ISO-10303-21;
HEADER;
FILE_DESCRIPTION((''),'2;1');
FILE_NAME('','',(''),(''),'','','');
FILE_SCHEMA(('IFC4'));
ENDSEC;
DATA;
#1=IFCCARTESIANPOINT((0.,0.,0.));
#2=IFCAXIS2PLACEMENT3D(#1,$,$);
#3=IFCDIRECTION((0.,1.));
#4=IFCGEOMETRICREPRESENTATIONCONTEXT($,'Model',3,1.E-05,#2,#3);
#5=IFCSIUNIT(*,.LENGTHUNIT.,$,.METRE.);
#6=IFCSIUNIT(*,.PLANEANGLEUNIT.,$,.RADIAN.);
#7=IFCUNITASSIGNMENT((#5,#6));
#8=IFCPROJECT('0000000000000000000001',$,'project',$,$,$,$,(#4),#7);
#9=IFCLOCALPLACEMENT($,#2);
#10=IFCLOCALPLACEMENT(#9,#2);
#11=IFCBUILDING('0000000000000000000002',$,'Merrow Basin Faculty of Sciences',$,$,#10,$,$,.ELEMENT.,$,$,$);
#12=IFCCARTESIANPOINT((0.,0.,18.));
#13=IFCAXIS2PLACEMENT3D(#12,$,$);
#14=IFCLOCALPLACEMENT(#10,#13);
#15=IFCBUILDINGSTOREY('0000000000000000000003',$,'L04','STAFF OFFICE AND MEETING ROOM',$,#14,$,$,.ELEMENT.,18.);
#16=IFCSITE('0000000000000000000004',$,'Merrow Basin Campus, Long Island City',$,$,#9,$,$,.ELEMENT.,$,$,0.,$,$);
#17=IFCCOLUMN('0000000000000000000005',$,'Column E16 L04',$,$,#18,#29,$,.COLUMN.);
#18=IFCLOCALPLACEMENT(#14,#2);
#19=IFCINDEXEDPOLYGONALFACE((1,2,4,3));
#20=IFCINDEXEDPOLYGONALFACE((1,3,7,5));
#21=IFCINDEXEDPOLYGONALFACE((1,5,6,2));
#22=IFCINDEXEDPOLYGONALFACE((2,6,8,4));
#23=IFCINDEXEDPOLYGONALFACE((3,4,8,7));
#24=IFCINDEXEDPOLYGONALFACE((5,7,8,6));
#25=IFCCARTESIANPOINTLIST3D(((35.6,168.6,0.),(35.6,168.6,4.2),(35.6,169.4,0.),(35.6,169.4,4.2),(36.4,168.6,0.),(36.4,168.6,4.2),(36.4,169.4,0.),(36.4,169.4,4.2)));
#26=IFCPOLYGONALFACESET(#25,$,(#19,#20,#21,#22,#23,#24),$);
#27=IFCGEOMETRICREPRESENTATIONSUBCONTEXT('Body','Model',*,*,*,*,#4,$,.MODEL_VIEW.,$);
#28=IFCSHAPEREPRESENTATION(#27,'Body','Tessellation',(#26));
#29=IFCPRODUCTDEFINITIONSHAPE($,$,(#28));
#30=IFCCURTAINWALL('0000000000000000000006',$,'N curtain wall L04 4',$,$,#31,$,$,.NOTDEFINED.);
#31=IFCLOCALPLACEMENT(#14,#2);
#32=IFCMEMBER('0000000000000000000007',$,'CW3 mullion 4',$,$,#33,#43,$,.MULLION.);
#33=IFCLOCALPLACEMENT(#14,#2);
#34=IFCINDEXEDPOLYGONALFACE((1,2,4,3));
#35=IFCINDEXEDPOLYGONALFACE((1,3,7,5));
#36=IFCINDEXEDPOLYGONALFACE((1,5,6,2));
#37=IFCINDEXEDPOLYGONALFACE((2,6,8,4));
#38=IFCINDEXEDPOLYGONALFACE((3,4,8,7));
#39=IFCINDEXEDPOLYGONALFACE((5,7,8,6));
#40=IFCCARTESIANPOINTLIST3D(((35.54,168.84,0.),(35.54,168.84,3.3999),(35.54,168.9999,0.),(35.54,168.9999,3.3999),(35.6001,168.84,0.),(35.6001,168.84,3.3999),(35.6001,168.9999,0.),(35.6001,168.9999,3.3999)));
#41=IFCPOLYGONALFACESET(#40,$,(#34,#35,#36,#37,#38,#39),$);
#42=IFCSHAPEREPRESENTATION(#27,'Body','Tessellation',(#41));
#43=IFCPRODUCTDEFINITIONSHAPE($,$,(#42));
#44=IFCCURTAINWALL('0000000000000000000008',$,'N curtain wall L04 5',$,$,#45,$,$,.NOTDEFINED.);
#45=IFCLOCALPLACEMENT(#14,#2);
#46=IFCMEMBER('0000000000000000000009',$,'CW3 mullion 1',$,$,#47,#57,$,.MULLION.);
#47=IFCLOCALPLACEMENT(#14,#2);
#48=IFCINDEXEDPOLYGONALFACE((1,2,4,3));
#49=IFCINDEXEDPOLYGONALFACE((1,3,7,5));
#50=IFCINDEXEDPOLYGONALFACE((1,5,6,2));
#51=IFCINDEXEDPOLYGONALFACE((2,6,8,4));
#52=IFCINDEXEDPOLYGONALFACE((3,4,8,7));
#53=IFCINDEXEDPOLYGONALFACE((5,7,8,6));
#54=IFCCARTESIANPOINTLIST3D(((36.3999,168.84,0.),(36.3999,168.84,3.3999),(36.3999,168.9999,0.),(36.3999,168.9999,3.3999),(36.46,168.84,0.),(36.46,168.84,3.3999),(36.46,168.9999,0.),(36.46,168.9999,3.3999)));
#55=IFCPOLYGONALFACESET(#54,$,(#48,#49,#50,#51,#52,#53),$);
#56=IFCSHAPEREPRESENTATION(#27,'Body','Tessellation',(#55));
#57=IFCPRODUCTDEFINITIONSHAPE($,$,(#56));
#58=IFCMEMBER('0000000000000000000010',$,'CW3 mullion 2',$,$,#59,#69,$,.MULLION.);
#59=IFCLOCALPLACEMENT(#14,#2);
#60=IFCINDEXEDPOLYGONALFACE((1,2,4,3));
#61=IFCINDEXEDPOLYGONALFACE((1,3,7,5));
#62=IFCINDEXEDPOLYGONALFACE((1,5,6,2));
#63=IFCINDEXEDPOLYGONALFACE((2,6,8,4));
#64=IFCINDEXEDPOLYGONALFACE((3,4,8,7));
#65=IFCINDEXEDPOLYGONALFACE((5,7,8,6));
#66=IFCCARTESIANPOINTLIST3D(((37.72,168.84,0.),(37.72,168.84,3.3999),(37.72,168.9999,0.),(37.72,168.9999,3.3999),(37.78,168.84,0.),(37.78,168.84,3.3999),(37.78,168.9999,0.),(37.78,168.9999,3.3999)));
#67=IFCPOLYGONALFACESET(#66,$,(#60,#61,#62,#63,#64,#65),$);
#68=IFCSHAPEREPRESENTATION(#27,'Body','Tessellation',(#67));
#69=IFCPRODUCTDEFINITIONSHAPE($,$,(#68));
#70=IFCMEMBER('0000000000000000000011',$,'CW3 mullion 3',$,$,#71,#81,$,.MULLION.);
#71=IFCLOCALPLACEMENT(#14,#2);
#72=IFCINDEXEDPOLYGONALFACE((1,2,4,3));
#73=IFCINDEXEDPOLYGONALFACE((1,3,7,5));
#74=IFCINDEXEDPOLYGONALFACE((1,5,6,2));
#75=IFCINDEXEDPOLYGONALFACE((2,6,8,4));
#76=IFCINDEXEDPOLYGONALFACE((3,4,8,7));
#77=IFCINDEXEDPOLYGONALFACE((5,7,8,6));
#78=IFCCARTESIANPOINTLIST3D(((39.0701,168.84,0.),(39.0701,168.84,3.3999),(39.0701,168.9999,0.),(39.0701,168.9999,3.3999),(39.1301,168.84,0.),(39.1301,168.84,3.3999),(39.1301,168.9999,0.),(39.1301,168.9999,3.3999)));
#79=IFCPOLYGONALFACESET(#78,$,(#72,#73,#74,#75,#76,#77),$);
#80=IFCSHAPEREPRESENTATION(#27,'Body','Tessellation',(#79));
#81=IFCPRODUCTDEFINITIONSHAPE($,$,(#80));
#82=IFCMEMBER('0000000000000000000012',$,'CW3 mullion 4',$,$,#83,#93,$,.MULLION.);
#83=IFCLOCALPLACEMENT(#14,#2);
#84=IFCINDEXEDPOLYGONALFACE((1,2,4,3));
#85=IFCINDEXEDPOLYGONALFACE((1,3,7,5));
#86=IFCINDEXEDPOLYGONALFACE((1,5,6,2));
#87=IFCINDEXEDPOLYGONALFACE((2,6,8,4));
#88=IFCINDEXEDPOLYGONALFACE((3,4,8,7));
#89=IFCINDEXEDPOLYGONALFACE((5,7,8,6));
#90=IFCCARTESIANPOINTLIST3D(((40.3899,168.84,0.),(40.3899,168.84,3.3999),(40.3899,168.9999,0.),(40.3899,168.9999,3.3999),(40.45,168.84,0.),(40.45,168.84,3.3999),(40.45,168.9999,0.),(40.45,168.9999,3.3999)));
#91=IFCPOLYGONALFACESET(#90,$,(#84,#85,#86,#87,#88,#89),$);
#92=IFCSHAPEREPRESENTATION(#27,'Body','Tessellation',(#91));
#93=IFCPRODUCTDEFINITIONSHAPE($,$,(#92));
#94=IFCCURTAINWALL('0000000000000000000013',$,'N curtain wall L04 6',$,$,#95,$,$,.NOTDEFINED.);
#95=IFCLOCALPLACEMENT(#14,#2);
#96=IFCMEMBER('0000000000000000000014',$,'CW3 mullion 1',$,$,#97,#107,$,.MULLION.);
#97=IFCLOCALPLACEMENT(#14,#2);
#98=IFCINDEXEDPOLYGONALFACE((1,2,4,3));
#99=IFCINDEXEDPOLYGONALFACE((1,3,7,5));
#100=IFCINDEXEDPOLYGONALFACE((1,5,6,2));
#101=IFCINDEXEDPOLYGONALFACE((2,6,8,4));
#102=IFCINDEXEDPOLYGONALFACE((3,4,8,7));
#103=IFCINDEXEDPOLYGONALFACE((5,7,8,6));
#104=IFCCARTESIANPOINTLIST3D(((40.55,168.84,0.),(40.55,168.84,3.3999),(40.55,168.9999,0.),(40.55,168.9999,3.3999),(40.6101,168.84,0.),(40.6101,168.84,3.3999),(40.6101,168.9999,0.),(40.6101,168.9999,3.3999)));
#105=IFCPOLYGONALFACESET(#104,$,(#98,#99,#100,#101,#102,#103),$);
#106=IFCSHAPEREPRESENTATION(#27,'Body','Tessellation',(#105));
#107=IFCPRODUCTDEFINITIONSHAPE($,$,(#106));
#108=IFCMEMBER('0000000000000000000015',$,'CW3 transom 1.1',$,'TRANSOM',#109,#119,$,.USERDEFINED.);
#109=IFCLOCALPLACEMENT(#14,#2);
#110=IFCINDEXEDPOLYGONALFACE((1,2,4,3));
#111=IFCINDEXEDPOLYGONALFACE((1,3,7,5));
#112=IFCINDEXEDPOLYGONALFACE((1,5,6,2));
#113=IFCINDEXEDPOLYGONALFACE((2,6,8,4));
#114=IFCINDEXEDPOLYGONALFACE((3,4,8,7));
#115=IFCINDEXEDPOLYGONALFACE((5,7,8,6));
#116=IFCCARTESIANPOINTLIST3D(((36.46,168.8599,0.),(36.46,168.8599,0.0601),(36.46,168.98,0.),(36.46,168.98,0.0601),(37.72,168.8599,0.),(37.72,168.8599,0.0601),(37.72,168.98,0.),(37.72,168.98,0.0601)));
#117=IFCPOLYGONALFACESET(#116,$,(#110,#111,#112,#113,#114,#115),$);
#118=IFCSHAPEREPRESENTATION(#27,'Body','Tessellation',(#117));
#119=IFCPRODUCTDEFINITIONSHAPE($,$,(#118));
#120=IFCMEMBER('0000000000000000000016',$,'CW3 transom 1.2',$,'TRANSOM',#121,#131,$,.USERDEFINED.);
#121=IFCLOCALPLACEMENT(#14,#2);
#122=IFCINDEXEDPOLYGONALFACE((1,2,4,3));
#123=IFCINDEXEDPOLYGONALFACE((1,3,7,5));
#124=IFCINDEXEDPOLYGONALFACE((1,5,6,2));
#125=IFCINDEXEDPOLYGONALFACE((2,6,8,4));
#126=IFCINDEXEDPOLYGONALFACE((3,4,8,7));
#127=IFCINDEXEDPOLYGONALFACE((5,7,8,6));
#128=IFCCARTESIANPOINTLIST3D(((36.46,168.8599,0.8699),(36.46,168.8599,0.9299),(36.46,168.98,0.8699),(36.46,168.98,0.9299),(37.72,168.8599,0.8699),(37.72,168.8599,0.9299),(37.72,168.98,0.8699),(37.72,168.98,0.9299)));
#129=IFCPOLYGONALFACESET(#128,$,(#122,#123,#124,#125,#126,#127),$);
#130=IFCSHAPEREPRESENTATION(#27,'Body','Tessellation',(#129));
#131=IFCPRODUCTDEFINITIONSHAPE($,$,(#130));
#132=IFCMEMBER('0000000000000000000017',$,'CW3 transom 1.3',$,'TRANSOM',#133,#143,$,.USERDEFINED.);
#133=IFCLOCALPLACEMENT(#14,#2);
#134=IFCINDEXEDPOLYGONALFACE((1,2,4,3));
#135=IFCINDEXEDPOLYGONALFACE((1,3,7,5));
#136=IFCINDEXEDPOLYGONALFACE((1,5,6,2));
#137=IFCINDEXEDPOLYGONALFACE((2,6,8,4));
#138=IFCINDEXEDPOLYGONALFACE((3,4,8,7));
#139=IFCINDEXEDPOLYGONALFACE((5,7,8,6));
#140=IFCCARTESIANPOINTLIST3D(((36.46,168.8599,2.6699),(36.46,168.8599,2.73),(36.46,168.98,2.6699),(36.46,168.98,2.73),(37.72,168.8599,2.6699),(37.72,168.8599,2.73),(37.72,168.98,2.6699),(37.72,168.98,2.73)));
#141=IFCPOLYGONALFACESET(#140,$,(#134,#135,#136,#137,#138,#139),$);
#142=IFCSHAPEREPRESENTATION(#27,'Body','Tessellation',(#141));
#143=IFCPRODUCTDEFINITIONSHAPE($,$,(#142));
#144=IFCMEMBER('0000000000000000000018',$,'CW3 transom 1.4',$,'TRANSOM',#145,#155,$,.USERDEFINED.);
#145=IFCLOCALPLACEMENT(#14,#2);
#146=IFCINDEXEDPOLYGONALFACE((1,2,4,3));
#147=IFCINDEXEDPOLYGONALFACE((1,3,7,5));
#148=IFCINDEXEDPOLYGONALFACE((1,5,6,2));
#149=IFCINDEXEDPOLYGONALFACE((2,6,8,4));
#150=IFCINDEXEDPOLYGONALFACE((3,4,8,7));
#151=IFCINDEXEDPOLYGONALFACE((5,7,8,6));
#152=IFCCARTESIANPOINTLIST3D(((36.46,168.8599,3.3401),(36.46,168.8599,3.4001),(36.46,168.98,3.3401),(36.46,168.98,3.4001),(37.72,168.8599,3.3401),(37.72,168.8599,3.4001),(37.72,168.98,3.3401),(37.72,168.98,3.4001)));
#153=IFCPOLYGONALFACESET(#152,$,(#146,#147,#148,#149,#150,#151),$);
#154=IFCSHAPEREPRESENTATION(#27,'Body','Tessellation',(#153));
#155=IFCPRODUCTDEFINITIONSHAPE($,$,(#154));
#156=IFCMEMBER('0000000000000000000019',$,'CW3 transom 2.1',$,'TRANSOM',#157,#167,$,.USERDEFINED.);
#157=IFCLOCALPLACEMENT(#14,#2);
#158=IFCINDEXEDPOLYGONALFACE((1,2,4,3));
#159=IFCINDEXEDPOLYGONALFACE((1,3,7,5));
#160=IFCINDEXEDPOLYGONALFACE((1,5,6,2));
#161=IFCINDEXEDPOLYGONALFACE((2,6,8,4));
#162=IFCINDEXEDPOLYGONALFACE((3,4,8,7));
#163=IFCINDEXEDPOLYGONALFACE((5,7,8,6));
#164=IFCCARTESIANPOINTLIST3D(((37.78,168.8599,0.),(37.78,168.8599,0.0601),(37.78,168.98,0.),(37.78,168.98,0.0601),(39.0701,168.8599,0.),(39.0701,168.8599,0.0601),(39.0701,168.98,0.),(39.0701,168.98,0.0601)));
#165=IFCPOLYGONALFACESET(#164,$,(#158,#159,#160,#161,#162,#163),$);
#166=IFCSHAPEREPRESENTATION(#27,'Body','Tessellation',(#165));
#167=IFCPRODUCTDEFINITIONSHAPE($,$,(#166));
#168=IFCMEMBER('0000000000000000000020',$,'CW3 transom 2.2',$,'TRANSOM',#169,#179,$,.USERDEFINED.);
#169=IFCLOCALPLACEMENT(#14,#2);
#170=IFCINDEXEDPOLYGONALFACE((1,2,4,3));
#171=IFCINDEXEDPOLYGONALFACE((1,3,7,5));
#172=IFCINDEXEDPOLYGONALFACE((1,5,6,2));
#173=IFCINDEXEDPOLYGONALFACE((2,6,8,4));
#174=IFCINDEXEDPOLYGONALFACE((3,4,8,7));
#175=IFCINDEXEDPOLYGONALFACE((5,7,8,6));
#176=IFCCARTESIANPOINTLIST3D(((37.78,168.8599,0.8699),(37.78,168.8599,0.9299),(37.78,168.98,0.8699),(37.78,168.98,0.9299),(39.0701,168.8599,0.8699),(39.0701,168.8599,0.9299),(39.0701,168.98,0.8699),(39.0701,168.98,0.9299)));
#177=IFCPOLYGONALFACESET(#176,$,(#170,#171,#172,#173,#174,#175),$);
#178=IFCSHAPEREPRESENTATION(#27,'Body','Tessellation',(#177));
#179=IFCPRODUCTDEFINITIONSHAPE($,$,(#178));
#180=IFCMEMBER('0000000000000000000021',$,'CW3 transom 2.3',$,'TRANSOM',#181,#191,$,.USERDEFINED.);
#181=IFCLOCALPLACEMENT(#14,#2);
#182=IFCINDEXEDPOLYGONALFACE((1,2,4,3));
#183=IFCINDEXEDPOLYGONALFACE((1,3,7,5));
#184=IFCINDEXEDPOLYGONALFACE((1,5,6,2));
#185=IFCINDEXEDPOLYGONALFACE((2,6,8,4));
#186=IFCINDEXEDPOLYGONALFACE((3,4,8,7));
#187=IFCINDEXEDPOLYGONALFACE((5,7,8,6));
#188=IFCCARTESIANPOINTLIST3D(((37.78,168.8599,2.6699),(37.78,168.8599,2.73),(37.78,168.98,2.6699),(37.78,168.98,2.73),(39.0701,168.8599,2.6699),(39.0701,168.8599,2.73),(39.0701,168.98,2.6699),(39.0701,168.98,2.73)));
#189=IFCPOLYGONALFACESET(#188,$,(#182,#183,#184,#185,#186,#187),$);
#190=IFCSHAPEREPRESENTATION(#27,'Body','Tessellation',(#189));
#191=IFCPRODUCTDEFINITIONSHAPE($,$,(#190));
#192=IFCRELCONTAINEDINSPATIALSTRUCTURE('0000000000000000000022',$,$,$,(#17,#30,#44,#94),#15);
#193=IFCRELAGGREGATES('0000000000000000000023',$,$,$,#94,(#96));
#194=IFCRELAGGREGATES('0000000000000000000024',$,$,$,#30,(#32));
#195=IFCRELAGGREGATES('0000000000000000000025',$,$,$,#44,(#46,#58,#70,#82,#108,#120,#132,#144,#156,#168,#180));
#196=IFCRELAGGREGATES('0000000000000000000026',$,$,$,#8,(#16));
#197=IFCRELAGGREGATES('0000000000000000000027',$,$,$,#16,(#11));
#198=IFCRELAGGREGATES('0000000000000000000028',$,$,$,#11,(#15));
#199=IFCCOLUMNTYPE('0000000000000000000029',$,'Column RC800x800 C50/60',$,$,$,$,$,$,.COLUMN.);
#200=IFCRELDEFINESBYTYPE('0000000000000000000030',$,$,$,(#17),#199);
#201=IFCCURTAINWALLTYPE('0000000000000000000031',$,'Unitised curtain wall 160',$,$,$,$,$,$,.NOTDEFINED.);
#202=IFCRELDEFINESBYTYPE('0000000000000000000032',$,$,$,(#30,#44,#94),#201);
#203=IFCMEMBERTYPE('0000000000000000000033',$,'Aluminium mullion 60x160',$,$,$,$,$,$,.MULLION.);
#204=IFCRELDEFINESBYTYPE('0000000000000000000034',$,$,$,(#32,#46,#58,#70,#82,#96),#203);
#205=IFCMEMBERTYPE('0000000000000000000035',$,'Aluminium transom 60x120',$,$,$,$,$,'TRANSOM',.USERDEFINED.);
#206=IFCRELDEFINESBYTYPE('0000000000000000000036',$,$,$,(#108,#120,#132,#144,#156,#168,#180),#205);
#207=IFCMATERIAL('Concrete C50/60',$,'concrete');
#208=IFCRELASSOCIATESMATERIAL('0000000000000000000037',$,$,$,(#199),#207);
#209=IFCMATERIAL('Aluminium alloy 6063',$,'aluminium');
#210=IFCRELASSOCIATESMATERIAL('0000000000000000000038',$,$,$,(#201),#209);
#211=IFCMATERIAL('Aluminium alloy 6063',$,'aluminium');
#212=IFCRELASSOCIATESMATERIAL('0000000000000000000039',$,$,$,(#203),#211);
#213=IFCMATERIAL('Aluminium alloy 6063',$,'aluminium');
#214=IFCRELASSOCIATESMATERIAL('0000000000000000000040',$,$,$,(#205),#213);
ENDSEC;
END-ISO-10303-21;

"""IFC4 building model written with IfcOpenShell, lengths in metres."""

from ifc_helpers import new_model, si_unit, direction, frame, origin, origin_2d, place, context, subcontext, project, spatial, rectangle, extrude, material, material_profile, profile_set, type_object, element, aggregate, save


model = new_model("IFC4")

# Units and contexts
model_context = context("Model", 3, precision=1e-05, world=origin(), true_north=direction((0.0, 1.0)))
body_context = subcontext(model_context, "Body", "Model", "MODEL_VIEW")
ifc_project = project(units=[si_unit("LENGTHUNIT", "METRE"), si_unit("PLANEANGLEUNIT", "RADIAN")], contexts=[model_context])

# Site, building, storey
site_placement = place(None, origin())
site = spatial("IfcSite", under=ifc_project, at=site_placement, Name="Merrow Basin Campus, Long Island City", CompositionType="ELEMENT", RefElevation=0.0)
building_placement = place(site_placement, origin())
building = spatial("IfcBuilding", under=site, at=building_placement, Name="Merrow Basin Faculty of Sciences", CompositionType="ELEMENT")
storey_placement = place(building_placement, frame((0.0, 0.0, 18.0)))
storey = spatial("IfcBuildingStorey", under=building, at=storey_placement, Name="L04", Description="STAFF OFFICE AND MEETING ROOM", CompositionType="ELEMENT", Elevation=18.0)

# Column
ifc_material_1 = material(Name="Concrete C50/60", Category="concrete")
ifc_material_profile_1 = material_profile(ifc_material_1, rectangle(XDim=0.8, YDim=0.8, at=origin_2d()))
ifc_profile_set_1 = profile_set([ifc_material_profile_1], Name="Concrete C50/60")
column_type = type_object("IfcColumnType", Name="Column RC800x800 C50/60", PredefinedType="COLUMN", material=ifc_profile_set_1)
column_placement = place(storey_placement, frame((36.0, 169.0, 0.0), z_axis=(0.0, 0.0, 1.0), x_axis=(1.0, 0.0, 0.0)))
element("IfcColumn", 1, at=column_placement, inside=storey, type_object=column_type, Name="Column E16 L04", PredefinedType="COLUMN", context=body_context, shape_type="SweptSolid", body=[
    extrude(rectangle(XDim=0.8, YDim=0.8, at=origin_2d()), origin(), (0.0, 0.0, 1.0), 4.2),
])

# Curtain wall, member
ifc_material_2 = material(Name="Aluminium alloy 6063", Category="aluminium")
curtain_wall_type = type_object("IfcCurtainWallType", Name="Unitised curtain wall 160", PredefinedType="NOTDEFINED", material=ifc_material_2)
curtain_wall_1_placement = place(storey_placement, origin())
curtain_wall_1 = element("IfcCurtainWall", 2, at=curtain_wall_1_placement, inside=storey, type_object=curtain_wall_type, Name="N curtain wall L04 4", PredefinedType="NOTDEFINED")
ifc_material_3 = material(Name="Aluminium alloy 6063", Category="aluminium")
ifc_material_profile_2 = material_profile(ifc_material_3, rectangle(XDim=0.1599, YDim=0.0601, at=origin_2d()))
ifc_profile_set_2 = profile_set([ifc_material_profile_2], Name="Aluminium alloy 6063")
member_type_1 = type_object("IfcMemberType", Name="Aluminium mullion 60x160", PredefinedType="MULLION", material=ifc_profile_set_2)
member_1_placement = place(storey_placement, frame((35.5701, 168.9199, 0.0), z_axis=(0.0, 0.0, 1.0), x_axis=(0.0, 1.0, 0.0)))
member_1 = element("IfcMember", 3, at=member_1_placement, type_object=member_type_1, Name="CW3 mullion 4", PredefinedType="MULLION", context=body_context, shape_type="SweptSolid", body=[
    extrude(rectangle(XDim=0.1599, YDim=0.0601, at=origin_2d()), origin(), (0.0, 0.0, 1.0), 3.3999),
])

# Curtain wall, members
curtain_wall_2_placement = place(storey_placement, origin())
curtain_wall_2 = element("IfcCurtainWall", 4, at=curtain_wall_2_placement, inside=storey, type_object=curtain_wall_type, Name="N curtain wall L04 5", PredefinedType="NOTDEFINED")
member_2_placement = place(storey_placement, frame((36.4299, 168.9199, 0.0), z_axis=(0.0, 0.0, 1.0), x_axis=(0.0, 1.0, 0.0)))
member_2 = element("IfcMember", 5, at=member_2_placement, type_object=member_type_1, Name="CW3 mullion 1", PredefinedType="MULLION", context=body_context, shape_type="SweptSolid", body=[
    extrude(rectangle(XDim=0.1599, YDim=0.0601, at=origin_2d()), origin(), (0.0, 0.0, 1.0), 3.3999),
])
member_3_placement = place(storey_placement, frame((37.75, 168.9199, 0.0), z_axis=(0.0, 0.0, 1.0), x_axis=(0.0, 1.0, 0.0)))
member_3 = element("IfcMember", 6, at=member_3_placement, type_object=member_type_1, Name="CW3 mullion 2", PredefinedType="MULLION", context=body_context, shape_type="SweptSolid", body=[
    extrude(rectangle(XDim=0.1599, YDim=0.0601, at=origin_2d()), origin(), (0.0, 0.0, 1.0), 3.3999),
])
member_4_placement = place(storey_placement, frame((39.1001, 168.9199, 0.0), z_axis=(0.0, 0.0, 1.0), x_axis=(0.0, 1.0, 0.0)))
member_4 = element("IfcMember", 7, at=member_4_placement, type_object=member_type_1, Name="CW3 mullion 3", PredefinedType="MULLION", context=body_context, shape_type="SweptSolid", body=[
    extrude(rectangle(XDim=0.1599, YDim=0.0601, at=origin_2d()), origin(), (0.0, 0.0, 1.0), 3.3999),
])
member_5_placement = place(storey_placement, frame((40.4199, 168.9199, 0.0), z_axis=(0.0, 0.0, 1.0), x_axis=(0.0, 1.0, 0.0)))
member_5 = element("IfcMember", 8, at=member_5_placement, type_object=member_type_1, Name="CW3 mullion 4", PredefinedType="MULLION", context=body_context, shape_type="SweptSolid", body=[
    extrude(rectangle(XDim=0.1599, YDim=0.0601, at=origin_2d()), origin(), (0.0, 0.0, 1.0), 3.3999),
])

# Curtain wall, member
curtain_wall_3_placement = place(storey_placement, origin())
curtain_wall_3 = element("IfcCurtainWall", 9, at=curtain_wall_3_placement, inside=storey, type_object=curtain_wall_type, Name="N curtain wall L04 6", PredefinedType="NOTDEFINED")
member_6_placement = place(storey_placement, frame((40.5801, 168.9199, 0.0), z_axis=(0.0, 0.0, 1.0), x_axis=(0.0, 1.0, 0.0)))
member_6 = element("IfcMember", 10, at=member_6_placement, type_object=member_type_1, Name="CW3 mullion 1", PredefinedType="MULLION", context=body_context, shape_type="SweptSolid", body=[
    extrude(rectangle(XDim=0.1599, YDim=0.0601, at=origin_2d()), origin(), (0.0, 0.0, 1.0), 3.3999),
])

# Members
ifc_material_4 = material(Name="Aluminium alloy 6063", Category="aluminium")
ifc_material_profile_3 = material_profile(ifc_material_4, rectangle(XDim=0.1201, YDim=0.0601, at=origin_2d()))
ifc_profile_set_3 = profile_set([ifc_material_profile_3], Name="Aluminium alloy 6063")
member_type_2 = type_object("IfcMemberType", Name="Aluminium transom 60x120", ElementType="TRANSOM", PredefinedType="USERDEFINED", material=ifc_profile_set_3)
member_7_placement = place(storey_placement, frame((36.46, 168.9199, 0.03), z_axis=(1.0, 0.0, 0.0), x_axis=(0.0, 1.0, 0.0)))
member_7 = element("IfcMember", 11, at=member_7_placement, type_object=member_type_2, Name="CW3 transom 1.1", ObjectType="TRANSOM", PredefinedType="USERDEFINED", context=body_context, shape_type="SweptSolid", body=[
    extrude(rectangle(XDim=0.1201, YDim=0.0601, at=origin_2d()), origin(), (0.0, 0.0, 1.0), 1.26),
])
member_8_placement = place(storey_placement, frame((36.46, 168.9199, 0.8999), z_axis=(1.0, 0.0, 0.0), x_axis=(0.0, 1.0, 0.0)))
member_8 = element("IfcMember", 12, at=member_8_placement, type_object=member_type_2, Name="CW3 transom 1.2", ObjectType="TRANSOM", PredefinedType="USERDEFINED", context=body_context, shape_type="SweptSolid", body=[
    extrude(rectangle(XDim=0.1201, YDim=0.0601, at=origin_2d()), origin(), (0.0, 0.0, 1.0), 1.26),
])
member_9_placement = place(storey_placement, frame((36.46, 168.9199, 2.7), z_axis=(1.0, 0.0, 0.0), x_axis=(0.0, 1.0, 0.0)))
member_9 = element("IfcMember", 13, at=member_9_placement, type_object=member_type_2, Name="CW3 transom 1.3", ObjectType="TRANSOM", PredefinedType="USERDEFINED", context=body_context, shape_type="SweptSolid", body=[
    extrude(rectangle(XDim=0.1201, YDim=0.0601, at=origin_2d()), origin(), (0.0, 0.0, 1.0), 1.26),
])
member_10_placement = place(storey_placement, frame((36.46, 168.9199, 3.3701), z_axis=(1.0, 0.0, 0.0), x_axis=(0.0, 1.0, 0.0)))
member_10 = element("IfcMember", 14, at=member_10_placement, type_object=member_type_2, Name="CW3 transom 1.4", ObjectType="TRANSOM", PredefinedType="USERDEFINED", context=body_context, shape_type="SweptSolid", body=[
    extrude(rectangle(XDim=0.1201, YDim=0.0601, at=origin_2d()), origin(), (0.0, 0.0, 1.0), 1.26),
])
member_11_placement = place(storey_placement, frame((37.78, 168.9199, 0.03), z_axis=(1.0, 0.0, 0.0), x_axis=(0.0, 1.0, 0.0)))
member_11 = element("IfcMember", 15, at=member_11_placement, type_object=member_type_2, Name="CW3 transom 2.1", ObjectType="TRANSOM", PredefinedType="USERDEFINED", context=body_context, shape_type="SweptSolid", body=[
    extrude(rectangle(XDim=0.1201, YDim=0.0601, at=origin_2d()), origin(), (0.0, 0.0, 1.0), 1.29),
])
member_12_placement = place(storey_placement, frame((37.78, 168.9199, 0.8999), z_axis=(1.0, 0.0, 0.0), x_axis=(0.0, 1.0, 0.0)))
member_12 = element("IfcMember", 16, at=member_12_placement, type_object=member_type_2, Name="CW3 transom 2.2", ObjectType="TRANSOM", PredefinedType="USERDEFINED", context=body_context, shape_type="SweptSolid", body=[
    extrude(rectangle(XDim=0.1201, YDim=0.0601, at=origin_2d()), origin(), (0.0, 0.0, 1.0), 1.29),
])
member_13_placement = place(storey_placement, frame((37.78, 168.9199, 2.7), z_axis=(1.0, 0.0, 0.0), x_axis=(0.0, 1.0, 0.0)))
member_13 = element("IfcMember", 17, at=member_13_placement, type_object=member_type_2, Name="CW3 transom 2.3", ObjectType="TRANSOM", PredefinedType="USERDEFINED", context=body_context, shape_type="SweptSolid", body=[
    extrude(rectangle(XDim=0.1201, YDim=0.0601, at=origin_2d()), origin(), (0.0, 0.0, 1.0), 1.29),
])
aggregate(curtain_wall_3, [member_6])

aggregate(curtain_wall_1, [member_1])
aggregate(curtain_wall_2, [member_2, member_3, member_4, member_5, member_7, member_8, member_9, member_10, member_11, member_12, member_13])

save(model, "model.ifc")
